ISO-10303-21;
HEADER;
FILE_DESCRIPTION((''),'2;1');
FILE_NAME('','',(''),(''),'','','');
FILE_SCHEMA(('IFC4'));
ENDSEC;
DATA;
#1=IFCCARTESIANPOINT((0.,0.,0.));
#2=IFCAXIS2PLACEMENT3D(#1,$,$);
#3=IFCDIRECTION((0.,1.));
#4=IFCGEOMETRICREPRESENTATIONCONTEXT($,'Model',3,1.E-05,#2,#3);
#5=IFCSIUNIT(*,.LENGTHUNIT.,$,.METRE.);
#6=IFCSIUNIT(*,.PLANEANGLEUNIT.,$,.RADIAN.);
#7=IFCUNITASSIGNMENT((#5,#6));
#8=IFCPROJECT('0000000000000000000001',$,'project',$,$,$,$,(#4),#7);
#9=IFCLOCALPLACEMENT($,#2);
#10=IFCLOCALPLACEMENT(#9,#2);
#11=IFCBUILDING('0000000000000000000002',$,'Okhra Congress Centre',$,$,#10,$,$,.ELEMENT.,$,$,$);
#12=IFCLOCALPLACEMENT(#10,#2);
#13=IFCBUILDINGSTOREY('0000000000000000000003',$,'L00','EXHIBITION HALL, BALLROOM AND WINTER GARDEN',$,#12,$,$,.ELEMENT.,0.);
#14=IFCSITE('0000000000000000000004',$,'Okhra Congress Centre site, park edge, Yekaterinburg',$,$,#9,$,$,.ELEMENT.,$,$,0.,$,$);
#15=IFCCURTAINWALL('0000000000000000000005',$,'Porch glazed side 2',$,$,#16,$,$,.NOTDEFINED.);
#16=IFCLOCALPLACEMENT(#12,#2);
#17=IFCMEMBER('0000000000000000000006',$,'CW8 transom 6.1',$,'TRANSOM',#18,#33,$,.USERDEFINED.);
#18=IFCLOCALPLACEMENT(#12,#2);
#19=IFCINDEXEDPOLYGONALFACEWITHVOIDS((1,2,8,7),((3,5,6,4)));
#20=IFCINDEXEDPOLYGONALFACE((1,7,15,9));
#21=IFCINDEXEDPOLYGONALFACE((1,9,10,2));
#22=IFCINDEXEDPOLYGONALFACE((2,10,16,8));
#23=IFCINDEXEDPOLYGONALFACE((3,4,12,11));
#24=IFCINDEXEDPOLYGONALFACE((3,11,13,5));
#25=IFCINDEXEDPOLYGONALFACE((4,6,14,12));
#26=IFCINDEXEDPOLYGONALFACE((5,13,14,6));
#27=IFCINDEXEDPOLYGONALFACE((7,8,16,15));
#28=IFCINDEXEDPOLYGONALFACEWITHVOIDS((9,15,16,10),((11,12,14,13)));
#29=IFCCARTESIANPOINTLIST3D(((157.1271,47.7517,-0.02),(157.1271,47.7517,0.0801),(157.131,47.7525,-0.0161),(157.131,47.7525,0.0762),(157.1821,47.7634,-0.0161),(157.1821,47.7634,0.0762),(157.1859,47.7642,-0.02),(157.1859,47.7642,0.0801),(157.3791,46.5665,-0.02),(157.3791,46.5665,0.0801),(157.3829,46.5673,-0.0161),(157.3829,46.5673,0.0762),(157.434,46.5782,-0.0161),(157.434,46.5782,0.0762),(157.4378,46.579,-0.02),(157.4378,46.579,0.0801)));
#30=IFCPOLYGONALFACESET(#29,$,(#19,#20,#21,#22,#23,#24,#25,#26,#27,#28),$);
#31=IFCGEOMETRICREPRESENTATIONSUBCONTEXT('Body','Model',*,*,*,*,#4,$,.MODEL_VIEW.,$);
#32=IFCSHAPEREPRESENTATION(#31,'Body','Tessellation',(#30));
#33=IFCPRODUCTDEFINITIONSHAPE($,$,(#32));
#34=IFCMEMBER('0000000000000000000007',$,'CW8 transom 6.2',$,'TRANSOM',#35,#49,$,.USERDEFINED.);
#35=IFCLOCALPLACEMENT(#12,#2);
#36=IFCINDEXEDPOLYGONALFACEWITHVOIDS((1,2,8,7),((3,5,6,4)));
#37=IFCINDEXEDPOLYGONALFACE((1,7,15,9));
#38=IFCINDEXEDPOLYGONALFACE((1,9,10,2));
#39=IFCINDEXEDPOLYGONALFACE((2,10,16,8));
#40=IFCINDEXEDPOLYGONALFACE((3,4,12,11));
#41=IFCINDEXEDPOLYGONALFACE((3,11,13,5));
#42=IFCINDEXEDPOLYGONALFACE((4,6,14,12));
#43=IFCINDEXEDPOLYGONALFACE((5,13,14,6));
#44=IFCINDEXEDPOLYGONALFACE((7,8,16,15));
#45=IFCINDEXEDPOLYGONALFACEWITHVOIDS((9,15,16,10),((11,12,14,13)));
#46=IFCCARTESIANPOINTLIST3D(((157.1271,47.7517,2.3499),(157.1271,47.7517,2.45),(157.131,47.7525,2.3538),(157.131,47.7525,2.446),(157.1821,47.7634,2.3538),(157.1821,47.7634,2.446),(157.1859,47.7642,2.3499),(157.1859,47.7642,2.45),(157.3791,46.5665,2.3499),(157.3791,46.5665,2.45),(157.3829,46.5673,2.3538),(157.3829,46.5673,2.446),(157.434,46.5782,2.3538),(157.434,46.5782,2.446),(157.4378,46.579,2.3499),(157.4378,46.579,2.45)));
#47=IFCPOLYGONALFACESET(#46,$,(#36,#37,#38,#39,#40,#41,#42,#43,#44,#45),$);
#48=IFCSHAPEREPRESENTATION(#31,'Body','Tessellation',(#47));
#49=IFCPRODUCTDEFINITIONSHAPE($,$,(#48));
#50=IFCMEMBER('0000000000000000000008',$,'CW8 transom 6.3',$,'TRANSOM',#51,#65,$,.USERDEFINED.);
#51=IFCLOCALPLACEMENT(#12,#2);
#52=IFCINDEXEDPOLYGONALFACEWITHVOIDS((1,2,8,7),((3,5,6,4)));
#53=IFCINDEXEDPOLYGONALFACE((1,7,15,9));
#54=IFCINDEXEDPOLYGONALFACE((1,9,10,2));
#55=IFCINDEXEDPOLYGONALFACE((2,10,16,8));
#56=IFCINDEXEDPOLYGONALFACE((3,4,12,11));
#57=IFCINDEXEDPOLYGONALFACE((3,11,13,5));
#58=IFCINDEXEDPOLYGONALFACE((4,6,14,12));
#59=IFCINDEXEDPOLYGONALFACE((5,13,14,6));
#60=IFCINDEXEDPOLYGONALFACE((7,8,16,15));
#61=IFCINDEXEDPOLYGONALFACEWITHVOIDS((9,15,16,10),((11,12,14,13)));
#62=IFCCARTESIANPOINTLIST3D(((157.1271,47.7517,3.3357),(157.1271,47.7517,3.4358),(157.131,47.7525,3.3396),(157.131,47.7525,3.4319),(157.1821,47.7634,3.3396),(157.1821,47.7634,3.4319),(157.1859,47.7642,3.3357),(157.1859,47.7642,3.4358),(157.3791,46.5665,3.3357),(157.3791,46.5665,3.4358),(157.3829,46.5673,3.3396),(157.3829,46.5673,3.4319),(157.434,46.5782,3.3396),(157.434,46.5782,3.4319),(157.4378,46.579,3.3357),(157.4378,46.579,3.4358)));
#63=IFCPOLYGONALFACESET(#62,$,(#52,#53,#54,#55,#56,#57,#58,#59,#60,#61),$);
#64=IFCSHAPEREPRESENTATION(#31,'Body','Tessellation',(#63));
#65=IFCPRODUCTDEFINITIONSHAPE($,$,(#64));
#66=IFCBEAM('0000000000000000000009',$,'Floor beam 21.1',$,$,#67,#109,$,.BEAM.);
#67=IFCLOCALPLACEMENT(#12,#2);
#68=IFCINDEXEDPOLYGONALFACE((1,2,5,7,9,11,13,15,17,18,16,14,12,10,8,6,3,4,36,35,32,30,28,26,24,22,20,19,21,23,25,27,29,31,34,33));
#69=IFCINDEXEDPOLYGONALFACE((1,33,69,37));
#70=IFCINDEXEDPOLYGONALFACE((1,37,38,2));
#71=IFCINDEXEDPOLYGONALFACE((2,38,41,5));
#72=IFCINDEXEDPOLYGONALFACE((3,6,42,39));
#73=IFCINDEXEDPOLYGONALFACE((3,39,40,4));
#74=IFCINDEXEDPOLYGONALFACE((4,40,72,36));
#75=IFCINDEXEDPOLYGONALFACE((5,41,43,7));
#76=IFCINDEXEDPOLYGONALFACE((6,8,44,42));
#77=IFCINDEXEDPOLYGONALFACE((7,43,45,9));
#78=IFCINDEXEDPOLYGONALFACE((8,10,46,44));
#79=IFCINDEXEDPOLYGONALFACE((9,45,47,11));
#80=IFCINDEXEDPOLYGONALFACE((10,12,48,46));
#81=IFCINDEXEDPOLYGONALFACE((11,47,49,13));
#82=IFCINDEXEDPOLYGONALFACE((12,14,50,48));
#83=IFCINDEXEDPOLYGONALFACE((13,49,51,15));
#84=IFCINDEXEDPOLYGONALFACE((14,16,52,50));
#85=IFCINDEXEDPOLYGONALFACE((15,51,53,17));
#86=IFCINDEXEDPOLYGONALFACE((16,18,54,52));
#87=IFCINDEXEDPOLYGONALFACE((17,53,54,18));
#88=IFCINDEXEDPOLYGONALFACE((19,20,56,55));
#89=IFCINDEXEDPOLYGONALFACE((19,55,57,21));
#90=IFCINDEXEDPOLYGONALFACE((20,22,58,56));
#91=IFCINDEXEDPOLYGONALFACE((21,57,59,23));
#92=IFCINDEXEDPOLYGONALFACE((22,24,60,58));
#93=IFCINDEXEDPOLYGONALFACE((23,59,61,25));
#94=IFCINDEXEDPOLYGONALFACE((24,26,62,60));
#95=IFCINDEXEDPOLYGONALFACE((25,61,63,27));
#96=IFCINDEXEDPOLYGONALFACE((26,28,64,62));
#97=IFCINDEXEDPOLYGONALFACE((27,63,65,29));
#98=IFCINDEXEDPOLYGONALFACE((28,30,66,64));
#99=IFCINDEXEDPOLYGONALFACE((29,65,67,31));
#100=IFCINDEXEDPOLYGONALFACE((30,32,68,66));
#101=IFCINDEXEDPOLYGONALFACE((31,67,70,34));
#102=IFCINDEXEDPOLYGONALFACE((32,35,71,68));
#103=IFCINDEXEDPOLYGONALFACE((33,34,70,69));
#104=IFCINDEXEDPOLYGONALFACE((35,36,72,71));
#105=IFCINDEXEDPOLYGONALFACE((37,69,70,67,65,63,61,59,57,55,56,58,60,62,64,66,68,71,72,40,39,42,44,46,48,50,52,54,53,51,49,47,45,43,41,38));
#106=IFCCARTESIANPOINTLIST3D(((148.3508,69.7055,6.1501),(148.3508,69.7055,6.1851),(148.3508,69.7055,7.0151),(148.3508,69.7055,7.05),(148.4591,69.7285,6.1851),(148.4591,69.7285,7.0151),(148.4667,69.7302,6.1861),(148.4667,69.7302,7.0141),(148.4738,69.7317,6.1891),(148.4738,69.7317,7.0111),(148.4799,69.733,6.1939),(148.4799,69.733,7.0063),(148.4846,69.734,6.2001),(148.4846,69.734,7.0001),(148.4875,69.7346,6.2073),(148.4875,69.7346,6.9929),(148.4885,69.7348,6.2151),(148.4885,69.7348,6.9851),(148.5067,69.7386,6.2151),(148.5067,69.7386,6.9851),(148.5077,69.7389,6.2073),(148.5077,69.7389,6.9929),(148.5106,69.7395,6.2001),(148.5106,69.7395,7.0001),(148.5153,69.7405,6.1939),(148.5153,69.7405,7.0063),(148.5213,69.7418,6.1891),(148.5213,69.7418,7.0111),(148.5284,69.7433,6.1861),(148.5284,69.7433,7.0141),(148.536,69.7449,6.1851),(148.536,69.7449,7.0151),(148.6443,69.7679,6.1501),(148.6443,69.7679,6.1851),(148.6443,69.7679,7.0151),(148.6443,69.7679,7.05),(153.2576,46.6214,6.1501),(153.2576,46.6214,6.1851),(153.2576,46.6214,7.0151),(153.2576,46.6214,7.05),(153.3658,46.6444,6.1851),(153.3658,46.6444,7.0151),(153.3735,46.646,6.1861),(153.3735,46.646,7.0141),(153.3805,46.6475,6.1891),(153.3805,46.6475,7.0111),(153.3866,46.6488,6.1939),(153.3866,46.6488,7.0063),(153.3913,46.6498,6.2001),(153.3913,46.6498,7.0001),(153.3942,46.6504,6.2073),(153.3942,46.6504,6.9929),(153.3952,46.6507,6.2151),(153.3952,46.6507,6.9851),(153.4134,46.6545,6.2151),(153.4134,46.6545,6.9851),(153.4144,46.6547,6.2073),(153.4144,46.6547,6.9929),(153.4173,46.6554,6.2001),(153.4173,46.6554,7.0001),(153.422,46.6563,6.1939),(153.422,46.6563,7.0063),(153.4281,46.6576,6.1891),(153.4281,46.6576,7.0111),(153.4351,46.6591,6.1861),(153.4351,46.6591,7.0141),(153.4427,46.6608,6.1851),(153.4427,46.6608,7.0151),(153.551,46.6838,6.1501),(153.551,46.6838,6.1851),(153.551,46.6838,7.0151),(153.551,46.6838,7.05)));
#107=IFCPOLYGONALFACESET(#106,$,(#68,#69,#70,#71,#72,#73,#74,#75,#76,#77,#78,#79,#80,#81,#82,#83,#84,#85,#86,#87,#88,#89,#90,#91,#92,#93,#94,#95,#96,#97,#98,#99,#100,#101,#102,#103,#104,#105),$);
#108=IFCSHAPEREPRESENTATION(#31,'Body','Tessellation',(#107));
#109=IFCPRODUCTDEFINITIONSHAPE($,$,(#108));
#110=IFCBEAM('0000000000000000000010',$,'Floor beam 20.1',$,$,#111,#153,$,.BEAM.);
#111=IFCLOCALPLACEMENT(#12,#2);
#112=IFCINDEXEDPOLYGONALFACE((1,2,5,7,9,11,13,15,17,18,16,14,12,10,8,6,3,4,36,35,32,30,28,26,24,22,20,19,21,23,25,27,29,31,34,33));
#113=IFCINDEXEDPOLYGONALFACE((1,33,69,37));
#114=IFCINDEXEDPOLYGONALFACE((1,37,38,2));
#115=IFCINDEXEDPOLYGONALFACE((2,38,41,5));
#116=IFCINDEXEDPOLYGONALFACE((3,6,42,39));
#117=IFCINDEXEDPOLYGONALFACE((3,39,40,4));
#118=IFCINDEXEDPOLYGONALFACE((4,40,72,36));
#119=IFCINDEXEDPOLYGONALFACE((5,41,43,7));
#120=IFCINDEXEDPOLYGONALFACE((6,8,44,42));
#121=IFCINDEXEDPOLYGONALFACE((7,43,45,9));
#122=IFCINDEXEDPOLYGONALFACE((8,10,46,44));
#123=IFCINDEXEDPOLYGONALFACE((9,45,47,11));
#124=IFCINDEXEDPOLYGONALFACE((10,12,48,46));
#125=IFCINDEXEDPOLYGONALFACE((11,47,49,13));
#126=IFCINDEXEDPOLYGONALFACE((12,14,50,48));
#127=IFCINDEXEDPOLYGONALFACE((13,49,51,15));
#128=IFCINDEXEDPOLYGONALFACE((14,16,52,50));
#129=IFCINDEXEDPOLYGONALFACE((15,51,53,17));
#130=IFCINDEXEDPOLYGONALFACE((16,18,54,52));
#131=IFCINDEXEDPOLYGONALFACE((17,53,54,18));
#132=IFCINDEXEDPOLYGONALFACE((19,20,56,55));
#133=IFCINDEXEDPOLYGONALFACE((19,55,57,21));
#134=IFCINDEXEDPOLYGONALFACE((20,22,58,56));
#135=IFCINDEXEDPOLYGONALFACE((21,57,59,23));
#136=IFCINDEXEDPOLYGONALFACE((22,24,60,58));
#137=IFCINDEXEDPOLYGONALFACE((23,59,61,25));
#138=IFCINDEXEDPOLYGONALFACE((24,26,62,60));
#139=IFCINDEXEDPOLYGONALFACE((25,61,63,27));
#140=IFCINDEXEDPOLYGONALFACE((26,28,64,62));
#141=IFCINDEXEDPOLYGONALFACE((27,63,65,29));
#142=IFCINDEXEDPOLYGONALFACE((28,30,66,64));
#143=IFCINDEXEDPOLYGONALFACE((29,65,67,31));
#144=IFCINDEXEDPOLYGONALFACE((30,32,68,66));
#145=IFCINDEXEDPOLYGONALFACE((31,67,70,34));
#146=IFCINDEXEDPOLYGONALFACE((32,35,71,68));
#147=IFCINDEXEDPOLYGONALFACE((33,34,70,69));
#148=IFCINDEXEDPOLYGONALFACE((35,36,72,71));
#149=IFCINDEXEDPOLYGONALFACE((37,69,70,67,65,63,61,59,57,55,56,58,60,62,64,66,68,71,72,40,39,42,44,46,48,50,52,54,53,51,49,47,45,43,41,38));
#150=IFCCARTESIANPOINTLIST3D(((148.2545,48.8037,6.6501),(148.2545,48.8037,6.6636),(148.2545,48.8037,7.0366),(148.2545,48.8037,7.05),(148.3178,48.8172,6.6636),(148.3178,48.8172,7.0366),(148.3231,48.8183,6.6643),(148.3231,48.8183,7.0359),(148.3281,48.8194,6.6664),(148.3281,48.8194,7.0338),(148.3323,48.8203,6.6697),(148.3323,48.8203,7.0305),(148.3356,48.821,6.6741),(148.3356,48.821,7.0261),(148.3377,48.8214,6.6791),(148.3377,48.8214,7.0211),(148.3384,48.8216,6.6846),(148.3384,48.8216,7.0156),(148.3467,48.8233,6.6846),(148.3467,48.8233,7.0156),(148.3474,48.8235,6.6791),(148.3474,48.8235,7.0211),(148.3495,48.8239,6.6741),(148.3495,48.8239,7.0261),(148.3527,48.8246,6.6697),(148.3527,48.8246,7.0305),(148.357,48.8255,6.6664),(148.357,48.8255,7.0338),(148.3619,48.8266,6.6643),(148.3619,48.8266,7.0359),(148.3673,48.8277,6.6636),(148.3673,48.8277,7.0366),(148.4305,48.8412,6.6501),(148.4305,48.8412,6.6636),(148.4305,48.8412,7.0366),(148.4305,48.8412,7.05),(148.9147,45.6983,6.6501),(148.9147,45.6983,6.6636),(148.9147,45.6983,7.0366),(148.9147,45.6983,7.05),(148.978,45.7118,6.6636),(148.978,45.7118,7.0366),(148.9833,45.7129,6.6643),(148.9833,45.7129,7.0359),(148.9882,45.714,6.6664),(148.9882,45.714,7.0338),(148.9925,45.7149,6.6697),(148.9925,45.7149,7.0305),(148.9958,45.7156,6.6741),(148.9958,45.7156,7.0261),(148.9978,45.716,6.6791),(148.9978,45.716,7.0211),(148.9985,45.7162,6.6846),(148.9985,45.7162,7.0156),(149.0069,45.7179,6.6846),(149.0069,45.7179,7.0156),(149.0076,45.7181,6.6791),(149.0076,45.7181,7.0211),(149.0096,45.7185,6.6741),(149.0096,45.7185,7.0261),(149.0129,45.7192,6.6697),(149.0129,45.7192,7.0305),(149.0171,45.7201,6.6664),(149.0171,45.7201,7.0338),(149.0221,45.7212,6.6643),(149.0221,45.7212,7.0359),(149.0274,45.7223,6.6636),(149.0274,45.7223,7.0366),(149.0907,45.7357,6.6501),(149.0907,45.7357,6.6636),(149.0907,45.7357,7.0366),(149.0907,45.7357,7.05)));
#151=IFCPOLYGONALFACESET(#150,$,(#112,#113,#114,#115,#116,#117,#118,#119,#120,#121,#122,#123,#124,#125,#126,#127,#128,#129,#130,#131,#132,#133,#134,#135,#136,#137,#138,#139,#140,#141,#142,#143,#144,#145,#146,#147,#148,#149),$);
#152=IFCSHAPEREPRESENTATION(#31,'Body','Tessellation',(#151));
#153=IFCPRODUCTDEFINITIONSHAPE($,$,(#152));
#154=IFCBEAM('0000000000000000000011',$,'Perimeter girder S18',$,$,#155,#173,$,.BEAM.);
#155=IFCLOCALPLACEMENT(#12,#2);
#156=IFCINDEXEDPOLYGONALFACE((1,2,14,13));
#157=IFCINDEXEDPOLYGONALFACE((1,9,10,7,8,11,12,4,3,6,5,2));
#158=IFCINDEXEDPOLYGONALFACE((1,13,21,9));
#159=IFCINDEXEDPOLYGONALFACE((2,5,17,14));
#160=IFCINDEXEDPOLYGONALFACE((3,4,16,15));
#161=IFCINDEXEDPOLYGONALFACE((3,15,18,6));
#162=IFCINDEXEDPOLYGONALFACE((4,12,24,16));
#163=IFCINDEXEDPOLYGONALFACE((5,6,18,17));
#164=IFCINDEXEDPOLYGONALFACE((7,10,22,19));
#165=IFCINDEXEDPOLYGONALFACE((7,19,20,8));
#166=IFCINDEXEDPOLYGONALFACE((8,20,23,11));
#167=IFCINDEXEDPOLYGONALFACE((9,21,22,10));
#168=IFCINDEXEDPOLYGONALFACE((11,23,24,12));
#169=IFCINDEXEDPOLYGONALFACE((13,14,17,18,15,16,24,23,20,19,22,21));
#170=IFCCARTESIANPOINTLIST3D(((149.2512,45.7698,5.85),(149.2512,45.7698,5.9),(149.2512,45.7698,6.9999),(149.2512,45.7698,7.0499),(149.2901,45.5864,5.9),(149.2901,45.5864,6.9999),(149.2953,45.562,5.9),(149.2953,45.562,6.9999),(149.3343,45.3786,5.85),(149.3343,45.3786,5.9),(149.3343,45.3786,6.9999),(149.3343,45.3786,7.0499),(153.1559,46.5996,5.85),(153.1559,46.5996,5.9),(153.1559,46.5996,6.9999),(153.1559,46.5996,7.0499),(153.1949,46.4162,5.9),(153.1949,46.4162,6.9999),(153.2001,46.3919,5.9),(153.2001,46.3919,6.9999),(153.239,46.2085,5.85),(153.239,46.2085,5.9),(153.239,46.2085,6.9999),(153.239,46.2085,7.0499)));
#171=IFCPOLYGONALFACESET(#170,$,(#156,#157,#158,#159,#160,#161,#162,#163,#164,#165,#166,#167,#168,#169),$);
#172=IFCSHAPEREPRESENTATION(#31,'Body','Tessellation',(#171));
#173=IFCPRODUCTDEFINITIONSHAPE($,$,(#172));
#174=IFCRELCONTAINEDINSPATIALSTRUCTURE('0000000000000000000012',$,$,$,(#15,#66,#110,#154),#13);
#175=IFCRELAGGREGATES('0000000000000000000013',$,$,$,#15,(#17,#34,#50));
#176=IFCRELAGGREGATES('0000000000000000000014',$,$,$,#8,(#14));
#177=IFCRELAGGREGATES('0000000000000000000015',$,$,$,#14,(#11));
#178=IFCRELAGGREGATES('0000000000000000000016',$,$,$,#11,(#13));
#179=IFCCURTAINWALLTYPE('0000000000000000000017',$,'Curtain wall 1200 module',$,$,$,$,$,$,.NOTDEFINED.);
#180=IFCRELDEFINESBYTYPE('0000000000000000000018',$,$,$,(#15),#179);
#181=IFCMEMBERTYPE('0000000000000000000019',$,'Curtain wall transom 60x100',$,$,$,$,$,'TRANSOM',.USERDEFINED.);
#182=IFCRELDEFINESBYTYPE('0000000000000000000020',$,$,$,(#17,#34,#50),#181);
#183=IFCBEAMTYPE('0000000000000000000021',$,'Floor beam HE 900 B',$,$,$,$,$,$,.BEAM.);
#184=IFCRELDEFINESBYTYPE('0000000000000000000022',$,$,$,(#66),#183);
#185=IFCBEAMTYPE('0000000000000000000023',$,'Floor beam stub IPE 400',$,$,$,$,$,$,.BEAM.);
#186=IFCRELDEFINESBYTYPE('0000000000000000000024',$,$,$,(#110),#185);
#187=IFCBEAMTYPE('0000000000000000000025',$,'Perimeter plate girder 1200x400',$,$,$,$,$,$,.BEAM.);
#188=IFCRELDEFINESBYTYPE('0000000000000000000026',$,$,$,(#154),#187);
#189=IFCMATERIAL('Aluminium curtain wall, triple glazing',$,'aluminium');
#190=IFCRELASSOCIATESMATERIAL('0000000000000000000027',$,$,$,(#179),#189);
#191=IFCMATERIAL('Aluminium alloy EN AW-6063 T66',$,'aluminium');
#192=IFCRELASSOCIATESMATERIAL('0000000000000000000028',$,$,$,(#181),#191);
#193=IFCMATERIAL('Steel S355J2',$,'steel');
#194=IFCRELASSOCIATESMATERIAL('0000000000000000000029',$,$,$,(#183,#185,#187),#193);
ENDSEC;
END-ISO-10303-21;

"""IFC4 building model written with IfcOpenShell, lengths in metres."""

from ifc_helpers import new_model, si_unit, direction, frame, origin, origin_2d, place, context, subcontext, project, spatial, hollow_rectangle, i_section, extrude, material, material_profile, profile_set, type_object, element, aggregate, save


model = new_model("IFC4")

# Units and contexts
model_context = context("Model", 3, precision=1e-05, world=origin(), true_north=direction((0.0, 1.0)))
body_context = subcontext(model_context, "Body", "Model", "MODEL_VIEW")
ifc_project = project(units=[si_unit("LENGTHUNIT", "METRE"), si_unit("PLANEANGLEUNIT", "RADIAN")], contexts=[model_context])

# Site, building, storey
site_placement = place(None, origin())
site = spatial("IfcSite", under=ifc_project, at=site_placement, Name="Okhra Congress Centre site, park edge, Yekaterinburg", CompositionType="ELEMENT", RefElevation=0.0)
building_placement = place(site_placement, origin())
building = spatial("IfcBuilding", under=site, at=building_placement, Name="Okhra Congress Centre", CompositionType="ELEMENT")
storey_placement = place(building_placement, origin())
storey = spatial("IfcBuildingStorey", under=building, at=storey_placement, Name="L00", Description="EXHIBITION HALL, BALLROOM AND WINTER GARDEN", CompositionType="ELEMENT", Elevation=0.0)

# Curtain wall, members
ifc_material_1 = material(Name="Aluminium curtain wall, triple glazing", Category="aluminium")
curtain_wall_type = type_object("IfcCurtainWallType", Name="Curtain wall 1200 module", PredefinedType="NOTDEFINED", material=ifc_material_1)
curtain_wall_placement = place(storey_placement, origin())
curtain_wall = element("IfcCurtainWall", 1, at=curtain_wall_placement, inside=storey, type_object=curtain_wall_type, Name="Porch glazed side 2", PredefinedType="NOTDEFINED")
ifc_material_2 = material(Name="Aluminium alloy EN AW-6063 T66", Category="aluminium")
ifc_material_profile_1 = material_profile(ifc_material_2, hollow_rectangle(XDim=0.0601, YDim=0.1001, WallThickness=0.0039, at=origin_2d()), Name="RHS 60x100x4")
ifc_profile_set_1 = profile_set([ifc_material_profile_1], Name="Aluminium alloy EN AW-6063 T66")
member_type_1 = type_object("IfcMemberType", Name="Curtain wall transom 60x100", ElementType="TRANSOM", PredefinedType="USERDEFINED", material=ifc_profile_set_1)
member_1_placement = place(storey_placement, frame((157.4084, 46.5728, 0.03), z_axis=(-0.207919, 0.978146, 0.0), x_axis=(-0.978146, -0.207919, 0.0)))
member_1 = element("IfcMember", 2, at=member_1_placement, type_object=member_type_1, Name="CW8 transom 6.1", ObjectType="TRANSOM", PredefinedType="USERDEFINED", context=body_context, shape_type="SweptSolid", body=[
    extrude(hollow_rectangle(XDim=0.0601, YDim=0.1001, WallThickness=0.0039, at=origin_2d()), origin(), (0.0, 0.0, 1.0), 1.2117),
])
member_2_placement = place(storey_placement, frame((157.4084, 46.5728, 2.3999), z_axis=(-0.207919, 0.978146, 0.0), x_axis=(-0.978146, -0.207919, 0.0)))
member_2 = element("IfcMember", 3, at=member_2_placement, type_object=member_type_1, Name="CW8 transom 6.2", ObjectType="TRANSOM", PredefinedType="USERDEFINED", context=body_context, shape_type="SweptSolid", body=[
    extrude(hollow_rectangle(XDim=0.0601, YDim=0.1001, WallThickness=0.0039, at=origin_2d()), origin(), (0.0, 0.0, 1.0), 1.2117),
])
member_3_placement = place(storey_placement, frame((157.4084, 46.5728, 3.3857), z_axis=(-0.207919, 0.978146, 0.0), x_axis=(-0.978146, -0.207919, 0.0)))
member_3 = element("IfcMember", 4, at=member_3_placement, type_object=member_type_1, Name="CW8 transom 6.3", ObjectType="TRANSOM", PredefinedType="USERDEFINED", context=body_context, shape_type="SweptSolid", body=[
    extrude(hollow_rectangle(XDim=0.0601, YDim=0.1001, WallThickness=0.0039, at=origin_2d()), origin(), (0.0, 0.0, 1.0), 1.2117),
])

# Beams
ifc_material_3 = material(Name="Steel S355J2", Category="steel")
ifc_material_profile_2 = material_profile(ifc_material_3, i_section(OverallWidth=0.3, OverallDepth=0.8999, WebThickness=0.0186, FlangeThickness=0.0349, FilletRadius=0.03, at=origin_2d()), Name="HE 900 B")
ifc_profile_set_2 = profile_set([ifc_material_profile_2], Name="Steel S355J2")
beam_type_1 = type_object("IfcBeamType", Name="Floor beam HE 900 B", PredefinedType="BEAM", material=ifc_profile_set_2)
beam_1_placement = place(storey_placement, frame((153.4043, 46.6526, 6.6001), z_axis=(-0.207913, 0.978147, 0.0), x_axis=(-0.978147, -0.207913, 0.0)))
element("IfcBeam", 5, at=beam_1_placement, inside=storey, type_object=beam_type_1, Name="Floor beam 21.1", PredefinedType="BEAM", context=body_context, shape_type="SweptSolid", body=[
    extrude(i_section(OverallWidth=0.3, OverallDepth=0.8999, WebThickness=0.0186, FlangeThickness=0.0349, FilletRadius=0.03, at=origin_2d()), origin(), (0.0, 0.0, 1.0), 23.5999),
])
ifc_material_profile_3 = material_profile(ifc_material_3, i_section(OverallWidth=0.1799, OverallDepth=0.3999, WebThickness=0.0085, FlangeThickness=0.0134, FilletRadius=0.021, at=origin_2d()), Name="IPE 400")
ifc_profile_set_3 = profile_set([ifc_material_profile_3], Name="Steel S355J2")
beam_type_2 = type_object("IfcBeamType", Name="Floor beam stub IPE 400", PredefinedType="BEAM", material=ifc_profile_set_3)
beam_2_placement = place(storey_placement, frame((149.0027, 45.717, 6.8501), z_axis=(-0.207932, 0.978143, 0.0), x_axis=(-0.978143, -0.207932, 0.0)))
element("IfcBeam", 6, at=beam_2_placement, inside=storey, type_object=beam_type_2, Name="Floor beam 20.1", PredefinedType="BEAM", context=body_context, shape_type="SweptSolid", body=[
    extrude(i_section(OverallWidth=0.1799, OverallDepth=0.3999, WebThickness=0.0085, FlangeThickness=0.0134, FilletRadius=0.021, at=origin_2d()), origin(), (0.0, 0.0, 1.0), 3.1748),
])
ifc_material_profile_4 = material_profile(ifc_material_3, i_section(OverallWidth=0.3999, OverallDepth=1.2, WebThickness=0.0249, FlangeThickness=0.05, at=origin_2d()), Name="Plate girder 1200x400")
ifc_profile_set_4 = profile_set([ifc_material_profile_4], Name="Steel S355J2")
beam_type_3 = type_object("IfcBeamType", Name="Perimeter plate girder 1200x400", PredefinedType="BEAM", material=ifc_profile_set_4)
for number, where, z_axis, x_axis, name in (
    (7, (149.2927, 45.5742, 6.45), (0.978155, 0.207875, 0.0), (-0.207875, 0.978155, 0.0), "Perimeter girder S18"),
):
    element("IfcBeam", number, at=place(storey_placement, frame(where, z_axis=z_axis, x_axis=x_axis)), inside=storey, type_object=beam_type_3, Name=name, PredefinedType="BEAM", context=body_context, shape_type="SweptSolid", body=[
        extrude(i_section(OverallWidth=0.3999, OverallDepth=1.2, WebThickness=0.0249, FlangeThickness=0.05, at=origin_2d()), origin(), (0.0, 0.0, 1.0), 3.9919),
    ])

aggregate(curtain_wall, [member_1, member_2, member_3])

save(model, "model.ifc")
